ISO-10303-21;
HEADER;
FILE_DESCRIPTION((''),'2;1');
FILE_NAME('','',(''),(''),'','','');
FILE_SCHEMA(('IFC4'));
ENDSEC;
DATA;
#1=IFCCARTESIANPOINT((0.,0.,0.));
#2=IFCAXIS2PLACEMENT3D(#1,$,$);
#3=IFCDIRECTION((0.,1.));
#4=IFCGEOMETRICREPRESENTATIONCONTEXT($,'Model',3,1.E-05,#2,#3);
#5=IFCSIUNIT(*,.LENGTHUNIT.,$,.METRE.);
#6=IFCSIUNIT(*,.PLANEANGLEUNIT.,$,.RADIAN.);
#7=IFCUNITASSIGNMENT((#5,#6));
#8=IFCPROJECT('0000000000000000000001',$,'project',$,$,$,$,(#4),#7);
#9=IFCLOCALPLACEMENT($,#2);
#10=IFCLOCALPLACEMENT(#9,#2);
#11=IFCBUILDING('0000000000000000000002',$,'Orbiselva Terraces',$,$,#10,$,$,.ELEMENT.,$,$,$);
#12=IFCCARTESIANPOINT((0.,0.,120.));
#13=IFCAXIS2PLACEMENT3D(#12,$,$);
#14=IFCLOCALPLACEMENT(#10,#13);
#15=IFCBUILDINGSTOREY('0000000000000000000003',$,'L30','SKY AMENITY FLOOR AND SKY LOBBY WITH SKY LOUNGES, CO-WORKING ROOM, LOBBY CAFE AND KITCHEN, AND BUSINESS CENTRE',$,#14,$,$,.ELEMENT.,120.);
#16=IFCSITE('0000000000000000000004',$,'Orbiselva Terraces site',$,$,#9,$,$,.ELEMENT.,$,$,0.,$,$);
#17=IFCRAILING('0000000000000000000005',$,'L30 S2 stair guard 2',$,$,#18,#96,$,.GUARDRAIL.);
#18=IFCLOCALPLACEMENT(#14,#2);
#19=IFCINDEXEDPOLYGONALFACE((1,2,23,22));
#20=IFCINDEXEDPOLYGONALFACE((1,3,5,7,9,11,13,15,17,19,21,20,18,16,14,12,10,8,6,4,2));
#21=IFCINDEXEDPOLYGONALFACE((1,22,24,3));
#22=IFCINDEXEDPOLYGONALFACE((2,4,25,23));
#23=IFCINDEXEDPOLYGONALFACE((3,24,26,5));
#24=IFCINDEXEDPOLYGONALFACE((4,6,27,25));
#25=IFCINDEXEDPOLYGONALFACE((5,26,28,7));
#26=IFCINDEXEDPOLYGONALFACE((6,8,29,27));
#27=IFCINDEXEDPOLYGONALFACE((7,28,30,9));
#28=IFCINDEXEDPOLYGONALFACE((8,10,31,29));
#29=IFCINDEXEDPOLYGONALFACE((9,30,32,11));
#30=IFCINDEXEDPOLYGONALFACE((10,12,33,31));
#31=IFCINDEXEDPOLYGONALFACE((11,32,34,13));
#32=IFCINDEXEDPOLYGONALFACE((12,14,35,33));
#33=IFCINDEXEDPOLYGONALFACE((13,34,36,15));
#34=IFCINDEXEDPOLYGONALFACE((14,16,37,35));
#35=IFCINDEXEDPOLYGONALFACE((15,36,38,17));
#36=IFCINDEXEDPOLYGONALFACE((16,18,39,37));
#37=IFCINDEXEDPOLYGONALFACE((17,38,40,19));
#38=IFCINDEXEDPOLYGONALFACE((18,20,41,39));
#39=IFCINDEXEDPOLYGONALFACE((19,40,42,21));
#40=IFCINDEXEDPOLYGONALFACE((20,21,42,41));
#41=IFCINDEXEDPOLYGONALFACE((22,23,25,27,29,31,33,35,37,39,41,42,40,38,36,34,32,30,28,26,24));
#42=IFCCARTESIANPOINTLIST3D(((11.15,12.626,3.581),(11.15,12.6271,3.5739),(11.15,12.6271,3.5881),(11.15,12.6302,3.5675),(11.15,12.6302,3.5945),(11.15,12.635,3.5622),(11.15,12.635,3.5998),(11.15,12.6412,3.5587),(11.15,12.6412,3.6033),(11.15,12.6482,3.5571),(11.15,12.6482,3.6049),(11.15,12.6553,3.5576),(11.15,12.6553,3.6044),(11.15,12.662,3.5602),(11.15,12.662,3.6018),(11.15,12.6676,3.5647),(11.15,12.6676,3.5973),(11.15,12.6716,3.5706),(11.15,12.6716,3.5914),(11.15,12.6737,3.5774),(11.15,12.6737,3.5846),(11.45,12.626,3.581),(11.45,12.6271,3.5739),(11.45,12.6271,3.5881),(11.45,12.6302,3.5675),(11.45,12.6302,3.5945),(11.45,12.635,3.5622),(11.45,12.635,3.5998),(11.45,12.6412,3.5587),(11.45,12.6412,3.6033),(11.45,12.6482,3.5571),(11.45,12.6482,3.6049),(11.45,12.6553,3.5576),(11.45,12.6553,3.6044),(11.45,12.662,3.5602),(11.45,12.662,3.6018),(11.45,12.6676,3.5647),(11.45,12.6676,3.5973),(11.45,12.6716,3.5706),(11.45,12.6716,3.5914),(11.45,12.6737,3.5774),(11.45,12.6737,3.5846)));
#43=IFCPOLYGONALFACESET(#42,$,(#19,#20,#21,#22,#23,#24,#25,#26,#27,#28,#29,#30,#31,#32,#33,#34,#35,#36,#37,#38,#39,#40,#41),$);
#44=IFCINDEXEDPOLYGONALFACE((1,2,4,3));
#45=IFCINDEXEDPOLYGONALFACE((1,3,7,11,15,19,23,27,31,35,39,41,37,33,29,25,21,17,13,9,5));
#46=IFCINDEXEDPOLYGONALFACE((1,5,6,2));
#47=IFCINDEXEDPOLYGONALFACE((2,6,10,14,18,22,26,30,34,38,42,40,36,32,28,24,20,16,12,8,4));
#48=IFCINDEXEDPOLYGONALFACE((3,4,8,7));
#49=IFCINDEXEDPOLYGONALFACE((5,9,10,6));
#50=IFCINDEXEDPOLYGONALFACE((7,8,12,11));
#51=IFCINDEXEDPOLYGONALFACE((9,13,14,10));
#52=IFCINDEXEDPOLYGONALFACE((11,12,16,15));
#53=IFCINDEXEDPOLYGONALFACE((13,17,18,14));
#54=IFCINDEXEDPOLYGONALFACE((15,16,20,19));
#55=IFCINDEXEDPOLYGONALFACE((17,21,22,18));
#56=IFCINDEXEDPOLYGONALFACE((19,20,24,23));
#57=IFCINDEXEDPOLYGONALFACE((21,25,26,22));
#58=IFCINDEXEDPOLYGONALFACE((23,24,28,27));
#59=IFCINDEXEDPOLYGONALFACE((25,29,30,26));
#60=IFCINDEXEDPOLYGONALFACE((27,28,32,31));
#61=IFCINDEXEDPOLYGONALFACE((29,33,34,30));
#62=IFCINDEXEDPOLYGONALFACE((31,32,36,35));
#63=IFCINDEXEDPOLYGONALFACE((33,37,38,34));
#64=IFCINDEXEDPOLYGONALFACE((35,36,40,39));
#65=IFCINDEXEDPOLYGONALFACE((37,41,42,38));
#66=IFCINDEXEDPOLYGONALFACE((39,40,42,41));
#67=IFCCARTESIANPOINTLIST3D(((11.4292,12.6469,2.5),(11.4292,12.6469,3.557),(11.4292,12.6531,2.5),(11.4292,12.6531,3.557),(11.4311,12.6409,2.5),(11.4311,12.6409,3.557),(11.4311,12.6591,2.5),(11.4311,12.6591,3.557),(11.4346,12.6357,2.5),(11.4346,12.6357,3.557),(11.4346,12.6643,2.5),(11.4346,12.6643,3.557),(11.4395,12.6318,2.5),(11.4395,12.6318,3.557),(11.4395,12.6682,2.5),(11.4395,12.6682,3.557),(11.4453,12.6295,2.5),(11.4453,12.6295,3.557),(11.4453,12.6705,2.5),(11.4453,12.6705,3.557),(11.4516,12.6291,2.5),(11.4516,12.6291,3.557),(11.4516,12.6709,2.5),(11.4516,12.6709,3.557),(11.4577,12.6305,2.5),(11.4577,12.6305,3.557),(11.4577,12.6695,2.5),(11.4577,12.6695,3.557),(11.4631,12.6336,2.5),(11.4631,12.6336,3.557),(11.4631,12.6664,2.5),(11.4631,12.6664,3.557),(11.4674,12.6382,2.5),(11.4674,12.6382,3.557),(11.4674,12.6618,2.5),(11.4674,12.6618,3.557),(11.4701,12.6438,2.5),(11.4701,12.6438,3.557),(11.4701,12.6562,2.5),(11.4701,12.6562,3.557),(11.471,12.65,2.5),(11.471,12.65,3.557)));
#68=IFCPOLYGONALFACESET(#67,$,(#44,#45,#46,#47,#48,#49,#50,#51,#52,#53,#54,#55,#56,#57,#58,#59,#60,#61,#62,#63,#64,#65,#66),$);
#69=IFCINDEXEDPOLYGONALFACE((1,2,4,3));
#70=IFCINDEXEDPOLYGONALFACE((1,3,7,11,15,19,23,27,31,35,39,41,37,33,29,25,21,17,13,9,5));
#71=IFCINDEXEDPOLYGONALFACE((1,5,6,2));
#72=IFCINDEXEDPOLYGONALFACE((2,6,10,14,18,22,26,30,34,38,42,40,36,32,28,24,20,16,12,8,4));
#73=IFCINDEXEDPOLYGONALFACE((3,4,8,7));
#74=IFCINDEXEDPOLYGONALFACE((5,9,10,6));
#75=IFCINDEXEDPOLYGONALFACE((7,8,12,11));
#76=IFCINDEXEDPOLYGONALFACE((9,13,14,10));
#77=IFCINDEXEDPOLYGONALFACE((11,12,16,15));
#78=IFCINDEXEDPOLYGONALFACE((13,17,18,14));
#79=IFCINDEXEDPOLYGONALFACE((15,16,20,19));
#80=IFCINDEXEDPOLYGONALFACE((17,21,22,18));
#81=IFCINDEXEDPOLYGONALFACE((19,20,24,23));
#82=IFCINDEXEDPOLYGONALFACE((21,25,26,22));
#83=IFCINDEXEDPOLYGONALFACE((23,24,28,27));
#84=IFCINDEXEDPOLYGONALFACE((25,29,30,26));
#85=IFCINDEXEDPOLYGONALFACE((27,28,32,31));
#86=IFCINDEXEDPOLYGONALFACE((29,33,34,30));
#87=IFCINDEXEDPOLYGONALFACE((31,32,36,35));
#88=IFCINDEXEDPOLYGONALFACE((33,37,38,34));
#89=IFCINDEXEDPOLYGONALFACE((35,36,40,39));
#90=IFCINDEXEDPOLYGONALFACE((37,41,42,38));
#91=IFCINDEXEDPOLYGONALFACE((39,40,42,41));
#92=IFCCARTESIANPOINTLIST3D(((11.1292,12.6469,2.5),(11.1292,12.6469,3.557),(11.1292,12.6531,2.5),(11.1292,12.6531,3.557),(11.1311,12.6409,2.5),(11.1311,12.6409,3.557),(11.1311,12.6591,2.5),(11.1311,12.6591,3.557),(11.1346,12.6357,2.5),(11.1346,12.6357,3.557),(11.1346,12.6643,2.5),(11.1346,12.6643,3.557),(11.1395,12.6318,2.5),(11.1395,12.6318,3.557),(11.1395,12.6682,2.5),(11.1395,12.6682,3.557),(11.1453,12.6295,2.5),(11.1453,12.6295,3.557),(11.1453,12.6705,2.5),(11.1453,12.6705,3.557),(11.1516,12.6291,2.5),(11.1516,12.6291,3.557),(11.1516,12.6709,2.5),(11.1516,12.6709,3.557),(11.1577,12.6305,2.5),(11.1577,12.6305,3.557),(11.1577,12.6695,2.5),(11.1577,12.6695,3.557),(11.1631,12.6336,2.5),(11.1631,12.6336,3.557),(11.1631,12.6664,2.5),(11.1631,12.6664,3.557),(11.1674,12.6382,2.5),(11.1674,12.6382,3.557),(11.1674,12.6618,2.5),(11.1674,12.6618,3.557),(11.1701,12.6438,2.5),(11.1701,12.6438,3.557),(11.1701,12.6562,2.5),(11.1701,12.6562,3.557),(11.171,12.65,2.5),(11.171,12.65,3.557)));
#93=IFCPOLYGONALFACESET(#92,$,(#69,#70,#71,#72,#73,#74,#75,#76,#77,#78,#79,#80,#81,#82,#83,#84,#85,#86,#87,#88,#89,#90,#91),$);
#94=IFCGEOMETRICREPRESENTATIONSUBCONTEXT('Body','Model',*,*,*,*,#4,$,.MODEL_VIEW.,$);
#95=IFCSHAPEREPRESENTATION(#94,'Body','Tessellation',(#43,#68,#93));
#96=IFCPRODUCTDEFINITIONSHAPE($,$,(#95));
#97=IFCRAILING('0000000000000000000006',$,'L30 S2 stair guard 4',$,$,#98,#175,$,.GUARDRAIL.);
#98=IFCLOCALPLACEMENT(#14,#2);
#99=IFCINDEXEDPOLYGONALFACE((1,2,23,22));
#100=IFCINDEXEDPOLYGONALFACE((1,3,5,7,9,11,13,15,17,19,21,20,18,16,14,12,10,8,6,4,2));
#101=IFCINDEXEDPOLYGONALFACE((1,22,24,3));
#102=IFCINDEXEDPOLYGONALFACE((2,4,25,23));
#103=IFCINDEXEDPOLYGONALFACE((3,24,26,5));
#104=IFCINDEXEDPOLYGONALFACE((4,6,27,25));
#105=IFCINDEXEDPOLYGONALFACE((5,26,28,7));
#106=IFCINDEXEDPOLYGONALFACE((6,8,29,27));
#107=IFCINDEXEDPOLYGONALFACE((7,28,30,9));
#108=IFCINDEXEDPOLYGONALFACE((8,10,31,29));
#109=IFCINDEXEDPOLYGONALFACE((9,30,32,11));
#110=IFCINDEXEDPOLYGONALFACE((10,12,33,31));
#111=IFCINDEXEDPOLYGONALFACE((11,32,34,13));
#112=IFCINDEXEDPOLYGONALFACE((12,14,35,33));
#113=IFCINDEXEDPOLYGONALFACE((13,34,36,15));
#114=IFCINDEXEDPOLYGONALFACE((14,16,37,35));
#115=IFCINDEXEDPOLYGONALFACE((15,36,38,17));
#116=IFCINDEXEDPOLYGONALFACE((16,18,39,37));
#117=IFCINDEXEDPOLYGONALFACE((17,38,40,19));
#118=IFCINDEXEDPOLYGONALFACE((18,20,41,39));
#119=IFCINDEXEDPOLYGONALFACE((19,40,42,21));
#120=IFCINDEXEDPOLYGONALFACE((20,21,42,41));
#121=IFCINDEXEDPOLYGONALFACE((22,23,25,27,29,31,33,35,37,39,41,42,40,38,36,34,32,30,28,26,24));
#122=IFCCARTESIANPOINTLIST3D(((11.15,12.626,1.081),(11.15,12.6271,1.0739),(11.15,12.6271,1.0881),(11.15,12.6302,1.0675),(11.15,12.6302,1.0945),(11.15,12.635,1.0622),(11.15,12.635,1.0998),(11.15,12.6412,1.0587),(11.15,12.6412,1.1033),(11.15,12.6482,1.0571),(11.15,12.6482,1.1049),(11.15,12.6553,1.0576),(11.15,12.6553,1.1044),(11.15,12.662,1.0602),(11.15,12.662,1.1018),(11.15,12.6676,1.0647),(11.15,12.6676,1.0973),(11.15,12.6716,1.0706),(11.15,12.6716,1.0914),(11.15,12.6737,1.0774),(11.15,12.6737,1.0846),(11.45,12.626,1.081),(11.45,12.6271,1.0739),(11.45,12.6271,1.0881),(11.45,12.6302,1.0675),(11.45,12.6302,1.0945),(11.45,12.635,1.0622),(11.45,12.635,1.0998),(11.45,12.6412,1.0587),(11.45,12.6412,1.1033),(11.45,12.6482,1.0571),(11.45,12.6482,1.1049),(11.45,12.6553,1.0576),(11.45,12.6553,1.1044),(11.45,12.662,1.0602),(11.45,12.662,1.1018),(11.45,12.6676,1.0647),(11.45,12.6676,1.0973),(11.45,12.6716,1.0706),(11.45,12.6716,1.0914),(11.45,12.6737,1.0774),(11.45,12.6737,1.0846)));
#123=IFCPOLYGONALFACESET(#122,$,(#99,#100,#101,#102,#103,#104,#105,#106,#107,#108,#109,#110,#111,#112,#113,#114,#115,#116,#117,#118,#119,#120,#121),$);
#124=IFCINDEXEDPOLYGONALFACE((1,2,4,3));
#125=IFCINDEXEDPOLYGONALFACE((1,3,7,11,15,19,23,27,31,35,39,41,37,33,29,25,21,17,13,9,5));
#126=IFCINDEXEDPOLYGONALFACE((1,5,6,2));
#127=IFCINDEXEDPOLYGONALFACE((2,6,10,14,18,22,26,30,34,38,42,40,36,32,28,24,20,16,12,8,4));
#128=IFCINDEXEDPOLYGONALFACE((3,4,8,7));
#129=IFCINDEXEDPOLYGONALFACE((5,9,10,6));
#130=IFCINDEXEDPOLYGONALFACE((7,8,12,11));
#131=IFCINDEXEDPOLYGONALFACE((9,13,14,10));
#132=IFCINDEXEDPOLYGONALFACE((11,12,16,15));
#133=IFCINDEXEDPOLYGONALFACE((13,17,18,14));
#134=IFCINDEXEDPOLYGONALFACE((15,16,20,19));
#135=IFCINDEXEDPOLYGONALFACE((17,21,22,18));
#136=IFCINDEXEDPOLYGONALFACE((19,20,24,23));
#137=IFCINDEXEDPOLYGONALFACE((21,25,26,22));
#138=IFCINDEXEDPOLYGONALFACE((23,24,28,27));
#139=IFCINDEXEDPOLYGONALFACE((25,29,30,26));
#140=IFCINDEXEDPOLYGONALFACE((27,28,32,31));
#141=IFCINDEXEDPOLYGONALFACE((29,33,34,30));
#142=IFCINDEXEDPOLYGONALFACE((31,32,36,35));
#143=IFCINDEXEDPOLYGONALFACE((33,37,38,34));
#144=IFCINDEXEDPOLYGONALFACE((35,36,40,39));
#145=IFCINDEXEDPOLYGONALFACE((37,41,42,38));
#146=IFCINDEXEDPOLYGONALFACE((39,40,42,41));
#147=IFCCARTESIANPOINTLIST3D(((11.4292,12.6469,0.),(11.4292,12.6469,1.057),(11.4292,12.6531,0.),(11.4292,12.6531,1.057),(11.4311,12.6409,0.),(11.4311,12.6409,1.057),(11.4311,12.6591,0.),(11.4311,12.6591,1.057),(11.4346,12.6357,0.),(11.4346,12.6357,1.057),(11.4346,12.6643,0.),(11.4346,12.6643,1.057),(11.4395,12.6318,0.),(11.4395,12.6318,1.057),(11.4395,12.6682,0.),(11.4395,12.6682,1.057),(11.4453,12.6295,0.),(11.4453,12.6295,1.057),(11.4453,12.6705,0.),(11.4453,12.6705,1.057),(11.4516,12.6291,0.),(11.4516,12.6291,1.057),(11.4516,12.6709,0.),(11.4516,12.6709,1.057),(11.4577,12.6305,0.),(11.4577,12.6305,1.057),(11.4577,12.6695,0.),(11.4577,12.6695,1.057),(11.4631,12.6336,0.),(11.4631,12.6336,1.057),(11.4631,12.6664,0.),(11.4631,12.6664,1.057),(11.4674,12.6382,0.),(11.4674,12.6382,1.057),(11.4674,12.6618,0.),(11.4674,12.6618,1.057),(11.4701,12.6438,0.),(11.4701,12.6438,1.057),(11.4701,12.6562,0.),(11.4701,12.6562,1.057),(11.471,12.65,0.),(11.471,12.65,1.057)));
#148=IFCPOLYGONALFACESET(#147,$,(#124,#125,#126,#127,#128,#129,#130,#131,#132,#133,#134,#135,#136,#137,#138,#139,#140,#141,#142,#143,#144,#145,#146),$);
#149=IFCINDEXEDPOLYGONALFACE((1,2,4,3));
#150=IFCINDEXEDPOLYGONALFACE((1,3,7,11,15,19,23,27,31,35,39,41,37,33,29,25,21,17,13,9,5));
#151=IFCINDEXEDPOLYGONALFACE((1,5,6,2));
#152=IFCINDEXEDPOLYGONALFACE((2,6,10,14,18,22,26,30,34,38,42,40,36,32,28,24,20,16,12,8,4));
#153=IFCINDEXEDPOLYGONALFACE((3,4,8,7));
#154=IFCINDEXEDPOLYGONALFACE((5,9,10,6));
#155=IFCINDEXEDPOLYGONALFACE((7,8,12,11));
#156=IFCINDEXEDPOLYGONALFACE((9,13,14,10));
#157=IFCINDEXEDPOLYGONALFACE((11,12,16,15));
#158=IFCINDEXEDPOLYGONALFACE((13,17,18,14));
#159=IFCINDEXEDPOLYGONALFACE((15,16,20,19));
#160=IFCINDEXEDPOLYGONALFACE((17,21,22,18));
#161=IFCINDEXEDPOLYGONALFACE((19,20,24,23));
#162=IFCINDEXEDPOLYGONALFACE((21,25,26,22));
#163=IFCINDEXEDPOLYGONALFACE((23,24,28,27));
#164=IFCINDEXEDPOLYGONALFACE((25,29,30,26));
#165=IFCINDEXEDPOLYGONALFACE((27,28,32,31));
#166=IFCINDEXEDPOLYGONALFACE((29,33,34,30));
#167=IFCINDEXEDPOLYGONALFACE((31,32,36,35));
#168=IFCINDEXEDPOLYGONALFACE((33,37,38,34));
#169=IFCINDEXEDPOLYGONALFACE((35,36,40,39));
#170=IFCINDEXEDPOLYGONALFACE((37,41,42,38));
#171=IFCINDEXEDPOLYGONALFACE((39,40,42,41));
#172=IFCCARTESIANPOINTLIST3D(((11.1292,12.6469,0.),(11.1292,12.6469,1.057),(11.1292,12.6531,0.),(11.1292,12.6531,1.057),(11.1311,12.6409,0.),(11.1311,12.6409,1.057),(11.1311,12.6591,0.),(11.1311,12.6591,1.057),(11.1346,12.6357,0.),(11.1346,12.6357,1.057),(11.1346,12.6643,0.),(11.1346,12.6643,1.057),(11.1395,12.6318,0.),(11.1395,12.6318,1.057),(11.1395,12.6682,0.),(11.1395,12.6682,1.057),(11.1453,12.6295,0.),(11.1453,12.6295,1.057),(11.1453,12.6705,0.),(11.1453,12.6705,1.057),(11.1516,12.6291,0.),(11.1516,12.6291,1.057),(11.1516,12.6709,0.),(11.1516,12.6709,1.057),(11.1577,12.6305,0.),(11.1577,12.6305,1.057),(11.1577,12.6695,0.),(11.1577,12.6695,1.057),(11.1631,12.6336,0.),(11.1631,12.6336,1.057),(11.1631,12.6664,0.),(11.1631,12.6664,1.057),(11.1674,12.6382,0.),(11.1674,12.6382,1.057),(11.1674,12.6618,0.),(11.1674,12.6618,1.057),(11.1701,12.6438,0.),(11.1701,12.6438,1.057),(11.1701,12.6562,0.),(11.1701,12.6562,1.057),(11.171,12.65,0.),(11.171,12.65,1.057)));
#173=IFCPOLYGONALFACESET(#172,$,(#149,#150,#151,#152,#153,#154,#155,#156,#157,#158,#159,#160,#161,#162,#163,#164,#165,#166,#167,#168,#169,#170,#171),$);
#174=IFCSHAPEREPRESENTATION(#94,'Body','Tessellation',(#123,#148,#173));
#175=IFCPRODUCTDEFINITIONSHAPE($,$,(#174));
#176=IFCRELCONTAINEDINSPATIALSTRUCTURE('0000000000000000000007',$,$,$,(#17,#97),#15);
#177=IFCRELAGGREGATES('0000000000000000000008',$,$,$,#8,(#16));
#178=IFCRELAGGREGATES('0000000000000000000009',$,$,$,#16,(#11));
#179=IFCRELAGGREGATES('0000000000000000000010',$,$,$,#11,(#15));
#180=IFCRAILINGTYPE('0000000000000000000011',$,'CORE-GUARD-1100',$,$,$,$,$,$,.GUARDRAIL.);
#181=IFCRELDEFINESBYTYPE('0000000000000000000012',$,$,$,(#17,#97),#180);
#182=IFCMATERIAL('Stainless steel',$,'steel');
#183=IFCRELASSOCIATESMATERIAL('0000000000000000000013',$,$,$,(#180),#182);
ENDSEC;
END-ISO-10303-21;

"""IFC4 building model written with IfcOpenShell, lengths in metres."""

from ifc_helpers import new_model, si_unit, direction, frame, origin, origin_2d, place, context, subcontext, project, spatial, circle, extrude, material, type_object, element, save


model = new_model("IFC4")

# Units and contexts
model_context = context("Model", 3, precision=1e-05, world=origin(), true_north=direction((0.0, 1.0)))
body_context = subcontext(model_context, "Body", "Model", "MODEL_VIEW")
ifc_project = project(units=[si_unit("LENGTHUNIT", "METRE"), si_unit("PLANEANGLEUNIT", "RADIAN")], contexts=[model_context])

# Site, building, storey
site_placement = place(None, origin())
site = spatial("IfcSite", under=ifc_project, at=site_placement, Name="Orbiselva Terraces site", CompositionType="ELEMENT", RefElevation=0.0)
building_placement = place(site_placement, origin())
building = spatial("IfcBuilding", under=site, at=building_placement, Name="Orbiselva Terraces", CompositionType="ELEMENT")
storey_placement = place(building_placement, frame((0.0, 0.0, 120.0)))
storey = spatial("IfcBuildingStorey", under=building, at=storey_placement, Name="L30", Description="SKY AMENITY FLOOR AND SKY LOBBY WITH SKY LOUNGES, CO-WORKING ROOM, LOBBY CAFE AND KITCHEN, AND BUSINESS CENTRE", CompositionType="ELEMENT", Elevation=120.0)

# Railings
ifc_material_1 = material(Name="Stainless steel", Category="steel")
railing_type = type_object("IfcRailingType", Name="CORE-GUARD-1100", PredefinedType="GUARDRAIL", material=ifc_material_1)
railing_1_placement = place(storey_placement, frame((11.45, 12.65, 2.5)))
element("IfcRailing", 1, at=railing_1_placement, inside=storey, type_object=railing_type, Name="L30 S2 stair guard 2", PredefinedType="GUARDRAIL", context=body_context, shape_type="SweptSolid", body=[
    extrude(circle(Radius=0.024, at=origin_2d()), frame((0.0, 0.0, 1.081), z_axis=(-1.0, 0.0, 0.0), x_axis=(0.0, -1.0, 0.0)), (0.0, 0.0, 1.0), 0.3),
    extrude(circle(Radius=0.021, at=origin_2d()), origin(), (0.0, 0.0, 1.0), 1.057),
    extrude(circle(Radius=0.021, at=origin_2d()), frame((-0.3, 0.0, 0.0)), (0.0, 0.0, 1.0), 1.057),
])
railing_2_placement = place(storey_placement, frame((11.45, 12.65, 0.0)))
element("IfcRailing", 2, at=railing_2_placement, inside=storey, type_object=railing_type, Name="L30 S2 stair guard 4", PredefinedType="GUARDRAIL", context=body_context, shape_type="SweptSolid", body=[
    extrude(circle(Radius=0.024, at=origin_2d()), frame((0.0, 0.0, 1.081), z_axis=(-1.0, 0.0, 0.0), x_axis=(0.0, -1.0, 0.0)), (0.0, 0.0, 1.0), 0.3),
    extrude(circle(Radius=0.021, at=origin_2d()), origin(), (0.0, 0.0, 1.0), 1.057),
    extrude(circle(Radius=0.021, at=origin_2d()), frame((-0.3, 0.0, 0.0)), (0.0, 0.0, 1.0), 1.057),
])

save(model, "model.ifc")
